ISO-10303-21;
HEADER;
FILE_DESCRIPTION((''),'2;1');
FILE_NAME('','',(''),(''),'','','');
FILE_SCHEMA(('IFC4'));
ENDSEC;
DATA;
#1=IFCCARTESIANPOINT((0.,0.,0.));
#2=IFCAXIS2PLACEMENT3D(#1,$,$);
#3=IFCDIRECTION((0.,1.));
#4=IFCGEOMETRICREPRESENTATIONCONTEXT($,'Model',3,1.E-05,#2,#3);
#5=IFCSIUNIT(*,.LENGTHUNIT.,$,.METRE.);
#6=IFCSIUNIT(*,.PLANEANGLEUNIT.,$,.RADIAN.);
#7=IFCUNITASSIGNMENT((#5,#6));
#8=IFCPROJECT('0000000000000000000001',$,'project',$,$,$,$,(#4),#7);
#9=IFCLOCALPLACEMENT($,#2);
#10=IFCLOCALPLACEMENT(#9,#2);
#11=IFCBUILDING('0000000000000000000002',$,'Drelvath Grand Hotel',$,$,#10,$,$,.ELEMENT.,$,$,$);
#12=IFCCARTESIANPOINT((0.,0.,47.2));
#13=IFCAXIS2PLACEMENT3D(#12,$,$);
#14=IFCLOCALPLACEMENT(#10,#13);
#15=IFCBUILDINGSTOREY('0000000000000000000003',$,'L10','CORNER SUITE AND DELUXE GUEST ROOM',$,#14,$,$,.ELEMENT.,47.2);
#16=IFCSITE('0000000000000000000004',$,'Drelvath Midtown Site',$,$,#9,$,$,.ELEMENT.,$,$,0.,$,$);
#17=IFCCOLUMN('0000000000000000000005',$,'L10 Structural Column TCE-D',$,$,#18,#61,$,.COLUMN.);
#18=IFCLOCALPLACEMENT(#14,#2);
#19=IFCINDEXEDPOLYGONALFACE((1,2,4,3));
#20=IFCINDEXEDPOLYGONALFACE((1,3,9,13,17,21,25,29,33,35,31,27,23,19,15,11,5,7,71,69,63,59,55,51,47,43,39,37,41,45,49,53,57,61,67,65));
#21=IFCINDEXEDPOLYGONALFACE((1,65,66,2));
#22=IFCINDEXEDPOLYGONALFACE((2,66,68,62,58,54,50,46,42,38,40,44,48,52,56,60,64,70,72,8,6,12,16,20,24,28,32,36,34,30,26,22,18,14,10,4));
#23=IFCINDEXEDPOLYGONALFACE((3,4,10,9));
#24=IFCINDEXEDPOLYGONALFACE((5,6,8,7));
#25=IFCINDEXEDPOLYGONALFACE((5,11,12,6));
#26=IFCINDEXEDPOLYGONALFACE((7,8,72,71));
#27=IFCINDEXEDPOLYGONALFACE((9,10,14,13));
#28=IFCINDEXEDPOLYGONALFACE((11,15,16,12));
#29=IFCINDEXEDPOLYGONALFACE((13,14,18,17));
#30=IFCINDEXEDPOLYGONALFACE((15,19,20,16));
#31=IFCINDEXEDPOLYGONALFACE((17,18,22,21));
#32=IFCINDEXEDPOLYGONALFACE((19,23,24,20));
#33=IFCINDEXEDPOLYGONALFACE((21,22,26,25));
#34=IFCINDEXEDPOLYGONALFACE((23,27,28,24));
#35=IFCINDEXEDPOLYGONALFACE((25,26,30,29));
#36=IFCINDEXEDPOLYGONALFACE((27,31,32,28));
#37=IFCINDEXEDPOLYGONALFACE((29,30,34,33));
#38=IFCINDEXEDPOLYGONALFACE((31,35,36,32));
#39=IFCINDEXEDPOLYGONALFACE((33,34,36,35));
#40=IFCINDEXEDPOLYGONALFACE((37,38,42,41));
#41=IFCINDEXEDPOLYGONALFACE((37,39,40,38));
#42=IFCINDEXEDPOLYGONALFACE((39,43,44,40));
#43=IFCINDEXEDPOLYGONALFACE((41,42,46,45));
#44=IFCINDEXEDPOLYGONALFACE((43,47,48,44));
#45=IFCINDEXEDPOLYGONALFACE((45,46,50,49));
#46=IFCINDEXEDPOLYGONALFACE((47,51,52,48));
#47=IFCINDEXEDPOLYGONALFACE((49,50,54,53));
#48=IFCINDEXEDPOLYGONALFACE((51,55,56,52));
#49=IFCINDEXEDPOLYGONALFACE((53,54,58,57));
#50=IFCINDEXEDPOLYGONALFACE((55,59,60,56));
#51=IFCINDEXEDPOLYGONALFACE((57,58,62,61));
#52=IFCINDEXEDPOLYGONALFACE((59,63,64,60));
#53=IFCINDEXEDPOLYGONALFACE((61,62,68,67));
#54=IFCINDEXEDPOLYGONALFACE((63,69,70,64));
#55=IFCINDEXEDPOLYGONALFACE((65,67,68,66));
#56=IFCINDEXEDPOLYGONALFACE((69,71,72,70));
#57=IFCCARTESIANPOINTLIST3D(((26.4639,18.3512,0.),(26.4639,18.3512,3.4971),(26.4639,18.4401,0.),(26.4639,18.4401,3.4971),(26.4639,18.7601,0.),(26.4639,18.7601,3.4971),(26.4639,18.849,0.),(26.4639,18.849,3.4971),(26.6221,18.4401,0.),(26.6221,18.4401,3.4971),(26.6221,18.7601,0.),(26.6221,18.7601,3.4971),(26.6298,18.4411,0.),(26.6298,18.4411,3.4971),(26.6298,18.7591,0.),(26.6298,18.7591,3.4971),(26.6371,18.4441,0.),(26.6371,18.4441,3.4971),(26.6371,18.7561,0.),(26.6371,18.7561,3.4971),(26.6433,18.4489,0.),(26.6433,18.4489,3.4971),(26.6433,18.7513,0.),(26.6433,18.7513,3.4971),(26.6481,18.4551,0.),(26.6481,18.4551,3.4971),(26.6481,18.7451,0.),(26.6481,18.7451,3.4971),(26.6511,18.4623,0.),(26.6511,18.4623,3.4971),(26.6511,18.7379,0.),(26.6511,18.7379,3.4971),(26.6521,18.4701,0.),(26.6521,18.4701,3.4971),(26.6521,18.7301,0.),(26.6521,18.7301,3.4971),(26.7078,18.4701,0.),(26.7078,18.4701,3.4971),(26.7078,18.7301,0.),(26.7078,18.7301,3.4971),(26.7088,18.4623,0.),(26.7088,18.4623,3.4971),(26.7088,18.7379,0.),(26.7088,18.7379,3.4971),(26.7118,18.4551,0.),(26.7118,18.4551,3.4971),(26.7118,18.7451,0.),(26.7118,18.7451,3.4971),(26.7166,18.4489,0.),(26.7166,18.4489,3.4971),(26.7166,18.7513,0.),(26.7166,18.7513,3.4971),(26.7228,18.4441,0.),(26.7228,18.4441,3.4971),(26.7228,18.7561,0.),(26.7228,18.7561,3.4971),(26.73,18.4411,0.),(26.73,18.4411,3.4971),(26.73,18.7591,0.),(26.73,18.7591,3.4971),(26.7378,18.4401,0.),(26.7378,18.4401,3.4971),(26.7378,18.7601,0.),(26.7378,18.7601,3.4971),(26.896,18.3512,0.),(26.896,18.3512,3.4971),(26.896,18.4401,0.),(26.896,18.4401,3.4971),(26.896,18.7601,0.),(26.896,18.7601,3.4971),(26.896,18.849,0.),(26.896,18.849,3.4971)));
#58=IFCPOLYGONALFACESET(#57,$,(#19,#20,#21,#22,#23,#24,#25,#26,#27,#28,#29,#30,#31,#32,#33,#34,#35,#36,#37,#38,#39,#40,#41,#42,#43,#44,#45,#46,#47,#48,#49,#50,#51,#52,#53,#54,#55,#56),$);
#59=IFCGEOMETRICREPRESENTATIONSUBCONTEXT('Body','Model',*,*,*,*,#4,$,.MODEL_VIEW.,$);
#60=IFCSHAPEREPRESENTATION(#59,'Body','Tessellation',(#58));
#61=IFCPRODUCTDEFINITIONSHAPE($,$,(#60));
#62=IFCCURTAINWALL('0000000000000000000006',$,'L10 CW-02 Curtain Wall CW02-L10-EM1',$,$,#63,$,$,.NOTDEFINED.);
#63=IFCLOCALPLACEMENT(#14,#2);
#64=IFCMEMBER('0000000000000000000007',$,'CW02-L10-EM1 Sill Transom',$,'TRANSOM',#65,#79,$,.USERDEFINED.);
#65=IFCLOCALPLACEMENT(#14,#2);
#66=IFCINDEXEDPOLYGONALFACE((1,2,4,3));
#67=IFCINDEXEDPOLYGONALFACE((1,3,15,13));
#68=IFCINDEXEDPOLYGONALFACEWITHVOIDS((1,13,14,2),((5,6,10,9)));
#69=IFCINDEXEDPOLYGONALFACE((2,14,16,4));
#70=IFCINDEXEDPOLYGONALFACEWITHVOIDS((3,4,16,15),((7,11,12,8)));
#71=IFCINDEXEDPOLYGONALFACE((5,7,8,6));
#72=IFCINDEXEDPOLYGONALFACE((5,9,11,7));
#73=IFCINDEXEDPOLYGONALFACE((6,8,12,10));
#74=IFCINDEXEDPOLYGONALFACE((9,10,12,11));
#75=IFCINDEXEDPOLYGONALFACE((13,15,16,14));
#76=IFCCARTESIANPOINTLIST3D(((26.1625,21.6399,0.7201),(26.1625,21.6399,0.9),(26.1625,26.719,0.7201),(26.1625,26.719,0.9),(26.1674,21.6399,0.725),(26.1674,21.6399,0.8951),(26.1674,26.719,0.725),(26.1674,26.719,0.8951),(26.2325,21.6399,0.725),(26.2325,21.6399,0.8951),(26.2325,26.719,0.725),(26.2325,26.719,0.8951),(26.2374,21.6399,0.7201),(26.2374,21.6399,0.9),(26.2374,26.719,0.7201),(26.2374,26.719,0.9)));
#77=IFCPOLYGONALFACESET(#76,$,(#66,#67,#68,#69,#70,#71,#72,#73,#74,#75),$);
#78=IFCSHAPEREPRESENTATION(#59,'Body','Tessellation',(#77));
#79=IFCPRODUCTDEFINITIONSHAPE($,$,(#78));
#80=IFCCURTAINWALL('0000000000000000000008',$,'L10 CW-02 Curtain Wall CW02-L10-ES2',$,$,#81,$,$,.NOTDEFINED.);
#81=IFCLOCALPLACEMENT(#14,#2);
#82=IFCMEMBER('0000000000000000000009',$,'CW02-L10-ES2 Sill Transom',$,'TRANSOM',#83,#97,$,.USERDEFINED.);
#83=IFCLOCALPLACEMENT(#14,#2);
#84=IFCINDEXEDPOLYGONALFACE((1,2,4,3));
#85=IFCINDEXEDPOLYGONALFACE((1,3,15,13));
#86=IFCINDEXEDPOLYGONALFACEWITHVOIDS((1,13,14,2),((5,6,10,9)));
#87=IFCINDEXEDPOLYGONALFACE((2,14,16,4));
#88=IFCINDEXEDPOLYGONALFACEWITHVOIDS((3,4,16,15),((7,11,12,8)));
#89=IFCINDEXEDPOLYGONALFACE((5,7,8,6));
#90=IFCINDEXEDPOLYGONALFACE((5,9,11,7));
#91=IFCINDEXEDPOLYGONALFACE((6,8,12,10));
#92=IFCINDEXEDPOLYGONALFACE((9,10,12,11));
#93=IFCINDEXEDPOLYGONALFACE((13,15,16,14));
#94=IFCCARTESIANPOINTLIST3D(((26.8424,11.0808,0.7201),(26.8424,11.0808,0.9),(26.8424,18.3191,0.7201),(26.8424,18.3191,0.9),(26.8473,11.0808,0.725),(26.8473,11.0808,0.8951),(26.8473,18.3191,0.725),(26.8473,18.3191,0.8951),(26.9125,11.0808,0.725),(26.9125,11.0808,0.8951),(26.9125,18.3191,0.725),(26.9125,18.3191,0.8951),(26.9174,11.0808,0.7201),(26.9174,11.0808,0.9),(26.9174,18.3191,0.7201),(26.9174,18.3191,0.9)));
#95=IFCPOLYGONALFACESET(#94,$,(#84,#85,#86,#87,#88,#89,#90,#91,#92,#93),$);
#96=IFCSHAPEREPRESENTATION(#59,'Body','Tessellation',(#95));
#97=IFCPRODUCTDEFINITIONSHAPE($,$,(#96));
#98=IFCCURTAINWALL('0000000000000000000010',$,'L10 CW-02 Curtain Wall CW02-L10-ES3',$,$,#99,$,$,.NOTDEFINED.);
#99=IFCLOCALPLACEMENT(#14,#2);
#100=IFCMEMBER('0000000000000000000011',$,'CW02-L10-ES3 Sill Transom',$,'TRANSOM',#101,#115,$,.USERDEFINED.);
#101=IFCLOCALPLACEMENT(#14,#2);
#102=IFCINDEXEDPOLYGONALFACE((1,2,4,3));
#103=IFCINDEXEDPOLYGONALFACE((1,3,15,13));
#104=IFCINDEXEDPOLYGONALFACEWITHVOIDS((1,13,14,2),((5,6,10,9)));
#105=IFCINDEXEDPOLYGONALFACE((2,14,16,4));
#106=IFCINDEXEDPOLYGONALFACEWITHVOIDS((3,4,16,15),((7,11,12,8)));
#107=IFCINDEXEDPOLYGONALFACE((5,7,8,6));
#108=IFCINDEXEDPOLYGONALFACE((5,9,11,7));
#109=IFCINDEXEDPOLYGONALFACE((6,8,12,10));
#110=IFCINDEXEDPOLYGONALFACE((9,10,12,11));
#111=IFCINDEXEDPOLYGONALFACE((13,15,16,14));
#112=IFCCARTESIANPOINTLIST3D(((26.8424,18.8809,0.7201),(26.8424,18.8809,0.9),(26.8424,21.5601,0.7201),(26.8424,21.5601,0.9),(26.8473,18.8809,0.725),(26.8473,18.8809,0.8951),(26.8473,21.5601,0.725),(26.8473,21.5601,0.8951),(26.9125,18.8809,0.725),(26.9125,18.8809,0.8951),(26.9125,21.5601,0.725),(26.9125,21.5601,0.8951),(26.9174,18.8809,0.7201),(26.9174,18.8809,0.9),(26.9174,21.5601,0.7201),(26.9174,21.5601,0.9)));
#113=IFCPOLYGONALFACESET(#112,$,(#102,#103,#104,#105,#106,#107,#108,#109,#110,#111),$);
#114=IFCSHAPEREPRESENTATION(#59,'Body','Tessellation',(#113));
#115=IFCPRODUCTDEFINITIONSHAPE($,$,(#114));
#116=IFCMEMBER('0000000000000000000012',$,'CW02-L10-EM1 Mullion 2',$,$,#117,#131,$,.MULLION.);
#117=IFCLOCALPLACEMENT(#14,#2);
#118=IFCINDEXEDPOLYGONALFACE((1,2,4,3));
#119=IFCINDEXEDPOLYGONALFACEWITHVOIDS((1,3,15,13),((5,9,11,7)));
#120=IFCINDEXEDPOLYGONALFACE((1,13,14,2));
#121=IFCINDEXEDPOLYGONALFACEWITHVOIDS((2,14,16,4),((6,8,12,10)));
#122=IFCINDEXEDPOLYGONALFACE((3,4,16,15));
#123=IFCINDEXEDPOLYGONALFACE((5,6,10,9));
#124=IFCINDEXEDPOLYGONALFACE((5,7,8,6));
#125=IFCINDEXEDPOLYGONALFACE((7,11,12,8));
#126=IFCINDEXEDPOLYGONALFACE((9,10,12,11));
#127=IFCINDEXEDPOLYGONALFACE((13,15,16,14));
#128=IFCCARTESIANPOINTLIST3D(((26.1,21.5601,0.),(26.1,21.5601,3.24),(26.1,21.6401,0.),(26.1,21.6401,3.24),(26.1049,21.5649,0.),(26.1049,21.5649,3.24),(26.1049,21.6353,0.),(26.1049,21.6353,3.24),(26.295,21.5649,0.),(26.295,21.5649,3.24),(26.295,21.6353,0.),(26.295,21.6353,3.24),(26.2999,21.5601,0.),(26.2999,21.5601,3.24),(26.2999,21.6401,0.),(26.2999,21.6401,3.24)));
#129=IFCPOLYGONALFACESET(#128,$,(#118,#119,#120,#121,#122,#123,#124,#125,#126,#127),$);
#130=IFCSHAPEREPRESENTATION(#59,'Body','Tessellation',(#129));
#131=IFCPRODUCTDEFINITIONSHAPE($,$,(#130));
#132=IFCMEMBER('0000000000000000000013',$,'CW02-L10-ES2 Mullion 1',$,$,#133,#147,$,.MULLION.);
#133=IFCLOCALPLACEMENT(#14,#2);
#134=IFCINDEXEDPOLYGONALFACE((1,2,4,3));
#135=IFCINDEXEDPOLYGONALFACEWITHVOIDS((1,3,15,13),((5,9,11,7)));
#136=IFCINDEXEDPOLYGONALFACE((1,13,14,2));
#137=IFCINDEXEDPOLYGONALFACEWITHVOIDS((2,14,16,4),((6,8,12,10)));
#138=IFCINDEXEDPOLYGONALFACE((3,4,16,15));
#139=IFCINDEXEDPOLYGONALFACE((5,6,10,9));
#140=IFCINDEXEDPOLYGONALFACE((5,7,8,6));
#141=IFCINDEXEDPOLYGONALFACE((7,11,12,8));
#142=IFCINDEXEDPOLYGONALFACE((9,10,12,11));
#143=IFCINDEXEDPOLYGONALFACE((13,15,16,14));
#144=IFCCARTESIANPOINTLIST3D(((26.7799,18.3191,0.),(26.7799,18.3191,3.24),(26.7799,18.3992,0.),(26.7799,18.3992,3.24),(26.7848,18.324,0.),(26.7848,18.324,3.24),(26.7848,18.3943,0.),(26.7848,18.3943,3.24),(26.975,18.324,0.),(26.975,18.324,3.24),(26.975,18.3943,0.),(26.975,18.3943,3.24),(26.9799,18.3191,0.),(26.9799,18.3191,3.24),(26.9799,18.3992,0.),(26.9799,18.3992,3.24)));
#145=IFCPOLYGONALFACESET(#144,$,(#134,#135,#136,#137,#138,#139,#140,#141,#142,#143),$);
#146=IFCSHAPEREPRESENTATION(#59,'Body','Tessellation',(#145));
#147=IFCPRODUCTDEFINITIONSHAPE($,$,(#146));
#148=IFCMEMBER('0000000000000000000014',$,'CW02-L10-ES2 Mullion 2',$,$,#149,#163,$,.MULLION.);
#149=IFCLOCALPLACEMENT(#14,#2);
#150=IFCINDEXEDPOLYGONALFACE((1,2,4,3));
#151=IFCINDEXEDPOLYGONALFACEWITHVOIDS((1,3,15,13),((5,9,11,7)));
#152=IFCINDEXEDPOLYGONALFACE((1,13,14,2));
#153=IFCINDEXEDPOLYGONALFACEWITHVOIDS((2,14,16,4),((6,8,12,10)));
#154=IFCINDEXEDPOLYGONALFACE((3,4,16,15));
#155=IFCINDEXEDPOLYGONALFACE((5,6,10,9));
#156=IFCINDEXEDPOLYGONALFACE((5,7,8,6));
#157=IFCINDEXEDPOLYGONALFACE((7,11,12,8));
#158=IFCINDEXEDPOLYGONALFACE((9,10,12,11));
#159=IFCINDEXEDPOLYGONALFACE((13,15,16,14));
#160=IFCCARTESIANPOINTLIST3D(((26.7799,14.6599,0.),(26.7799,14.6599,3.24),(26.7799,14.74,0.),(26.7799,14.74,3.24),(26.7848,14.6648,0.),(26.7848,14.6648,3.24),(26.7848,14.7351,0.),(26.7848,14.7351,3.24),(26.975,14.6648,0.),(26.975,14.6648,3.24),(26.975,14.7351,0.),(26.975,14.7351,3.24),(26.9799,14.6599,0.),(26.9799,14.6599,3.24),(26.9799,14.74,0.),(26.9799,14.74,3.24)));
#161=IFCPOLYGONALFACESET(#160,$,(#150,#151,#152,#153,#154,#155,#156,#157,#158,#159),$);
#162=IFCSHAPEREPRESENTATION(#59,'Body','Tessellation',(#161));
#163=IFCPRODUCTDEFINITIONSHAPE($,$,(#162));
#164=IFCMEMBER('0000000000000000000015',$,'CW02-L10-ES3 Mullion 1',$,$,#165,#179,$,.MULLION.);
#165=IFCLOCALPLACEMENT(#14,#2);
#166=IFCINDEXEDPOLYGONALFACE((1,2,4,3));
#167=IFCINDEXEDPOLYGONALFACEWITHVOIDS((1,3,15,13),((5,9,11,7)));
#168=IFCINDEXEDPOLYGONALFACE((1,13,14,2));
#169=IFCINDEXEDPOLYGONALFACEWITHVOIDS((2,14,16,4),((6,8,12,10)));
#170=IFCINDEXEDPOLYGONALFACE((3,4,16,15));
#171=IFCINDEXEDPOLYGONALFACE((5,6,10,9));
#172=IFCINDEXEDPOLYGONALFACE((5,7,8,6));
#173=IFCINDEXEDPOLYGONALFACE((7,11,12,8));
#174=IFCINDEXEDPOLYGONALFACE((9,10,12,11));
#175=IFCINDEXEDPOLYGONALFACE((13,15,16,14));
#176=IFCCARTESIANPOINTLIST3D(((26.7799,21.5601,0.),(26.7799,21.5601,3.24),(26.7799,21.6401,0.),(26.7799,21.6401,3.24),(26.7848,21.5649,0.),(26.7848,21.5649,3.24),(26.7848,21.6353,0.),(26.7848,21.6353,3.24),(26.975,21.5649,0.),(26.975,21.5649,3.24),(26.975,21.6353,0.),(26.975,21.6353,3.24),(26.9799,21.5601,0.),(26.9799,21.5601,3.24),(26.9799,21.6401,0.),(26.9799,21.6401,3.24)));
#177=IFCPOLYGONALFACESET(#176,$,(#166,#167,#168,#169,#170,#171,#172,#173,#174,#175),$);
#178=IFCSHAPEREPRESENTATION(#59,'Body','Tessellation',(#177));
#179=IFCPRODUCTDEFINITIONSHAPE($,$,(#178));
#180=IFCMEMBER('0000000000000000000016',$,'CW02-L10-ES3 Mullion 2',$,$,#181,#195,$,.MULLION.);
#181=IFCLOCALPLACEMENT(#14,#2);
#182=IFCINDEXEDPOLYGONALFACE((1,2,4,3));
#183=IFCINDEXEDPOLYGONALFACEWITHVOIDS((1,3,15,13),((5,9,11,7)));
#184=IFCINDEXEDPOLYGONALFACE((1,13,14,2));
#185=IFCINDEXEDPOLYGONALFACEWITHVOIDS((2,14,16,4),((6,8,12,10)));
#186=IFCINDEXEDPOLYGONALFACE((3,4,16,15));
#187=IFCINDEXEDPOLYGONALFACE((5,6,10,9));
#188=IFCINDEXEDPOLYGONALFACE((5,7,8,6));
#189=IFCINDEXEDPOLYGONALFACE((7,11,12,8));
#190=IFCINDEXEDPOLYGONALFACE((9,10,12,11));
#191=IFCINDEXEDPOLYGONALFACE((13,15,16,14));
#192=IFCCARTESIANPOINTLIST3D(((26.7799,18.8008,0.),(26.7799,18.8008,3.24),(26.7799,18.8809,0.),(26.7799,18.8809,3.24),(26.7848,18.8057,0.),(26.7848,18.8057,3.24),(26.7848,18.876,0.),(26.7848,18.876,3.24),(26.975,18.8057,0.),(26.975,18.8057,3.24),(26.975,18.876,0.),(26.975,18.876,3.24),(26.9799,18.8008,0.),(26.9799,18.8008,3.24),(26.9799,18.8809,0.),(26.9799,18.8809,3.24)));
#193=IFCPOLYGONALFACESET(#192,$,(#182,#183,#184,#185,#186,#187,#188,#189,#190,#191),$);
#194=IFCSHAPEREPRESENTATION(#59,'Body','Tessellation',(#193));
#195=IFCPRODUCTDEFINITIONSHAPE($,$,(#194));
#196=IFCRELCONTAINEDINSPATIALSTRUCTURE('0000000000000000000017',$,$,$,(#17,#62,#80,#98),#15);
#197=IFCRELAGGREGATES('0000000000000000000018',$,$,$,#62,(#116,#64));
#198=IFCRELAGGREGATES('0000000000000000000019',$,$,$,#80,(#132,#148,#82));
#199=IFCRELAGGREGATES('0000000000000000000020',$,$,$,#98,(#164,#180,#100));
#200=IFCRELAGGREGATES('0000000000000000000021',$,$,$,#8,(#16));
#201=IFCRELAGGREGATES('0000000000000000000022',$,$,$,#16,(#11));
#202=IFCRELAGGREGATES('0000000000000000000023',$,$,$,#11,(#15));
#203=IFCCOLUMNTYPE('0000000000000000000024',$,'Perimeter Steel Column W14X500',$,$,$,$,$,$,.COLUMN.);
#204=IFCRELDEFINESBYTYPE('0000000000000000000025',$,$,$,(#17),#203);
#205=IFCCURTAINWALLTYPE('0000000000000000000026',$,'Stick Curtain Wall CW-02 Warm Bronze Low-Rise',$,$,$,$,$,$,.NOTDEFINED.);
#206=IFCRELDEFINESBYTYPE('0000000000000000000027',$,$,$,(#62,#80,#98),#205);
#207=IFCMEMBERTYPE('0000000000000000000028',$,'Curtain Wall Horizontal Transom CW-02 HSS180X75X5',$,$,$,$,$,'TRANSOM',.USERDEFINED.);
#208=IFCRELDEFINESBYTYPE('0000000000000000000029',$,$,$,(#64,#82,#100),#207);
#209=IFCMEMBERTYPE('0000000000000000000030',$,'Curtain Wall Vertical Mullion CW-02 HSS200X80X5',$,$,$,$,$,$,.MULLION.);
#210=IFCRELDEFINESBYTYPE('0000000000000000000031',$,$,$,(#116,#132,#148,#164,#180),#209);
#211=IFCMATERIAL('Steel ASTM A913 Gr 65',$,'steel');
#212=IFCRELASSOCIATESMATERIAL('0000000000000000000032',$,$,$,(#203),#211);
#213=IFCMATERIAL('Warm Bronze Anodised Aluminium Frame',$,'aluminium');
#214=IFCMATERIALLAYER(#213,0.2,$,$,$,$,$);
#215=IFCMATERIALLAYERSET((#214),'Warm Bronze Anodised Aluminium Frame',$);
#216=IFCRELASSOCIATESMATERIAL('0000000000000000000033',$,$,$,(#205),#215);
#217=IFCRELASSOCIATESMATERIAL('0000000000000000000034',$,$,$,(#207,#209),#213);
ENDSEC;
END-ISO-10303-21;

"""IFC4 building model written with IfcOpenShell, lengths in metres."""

from ifc_helpers import new_model, si_unit, direction, frame, origin, origin_2d, place, context, subcontext, project, spatial, hollow_rectangle, i_section, extrude, material, layer, layer_set, material_profile, profile_set, type_object, element, aggregate, save


model = new_model("IFC4")

# Units and contexts
model_context = context("Model", 3, precision=1e-05, world=origin(), true_north=direction((0.0, 1.0)))
body_context = subcontext(model_context, "Body", "Model", "MODEL_VIEW")
ifc_project = project(units=[si_unit("LENGTHUNIT", "METRE"), si_unit("PLANEANGLEUNIT", "RADIAN")], contexts=[model_context])

# Site, building, storey
site_placement = place(None, origin())
site = spatial("IfcSite", under=ifc_project, at=site_placement, Name="Drelvath Midtown Site", CompositionType="ELEMENT", RefElevation=0.0)
building_placement = place(site_placement, origin())
building = spatial("IfcBuilding", under=site, at=building_placement, Name="Drelvath Grand Hotel", CompositionType="ELEMENT")
storey_placement = place(building_placement, frame((0.0, 0.0, 47.2)))
storey = spatial("IfcBuildingStorey", under=building, at=storey_placement, Name="L10", Description="CORNER SUITE AND DELUXE GUEST ROOM", CompositionType="ELEMENT", Elevation=47.2)

# Column
ifc_material_1 = material(Name="Steel ASTM A913 Gr 65", Category="steel")
ifc_material_profile_1 = material_profile(ifc_material_1, i_section(OverallWidth=0.4321, OverallDepth=0.4978, WebThickness=0.0557, FlangeThickness=0.0889, FilletRadius=0.03, at=origin_2d()), Name="W14X500")
ifc_profile_set_1 = profile_set([ifc_material_profile_1], Name="Steel ASTM A913 Gr 65")
column_type = type_object("IfcColumnType", Name="Perimeter Steel Column W14X500", PredefinedType="COLUMN", material=ifc_profile_set_1)
column_placement = place(storey_placement, frame((26.6799, 18.6001, 0.0), z_axis=(0.0, 0.0, 1.0), x_axis=(1.0, 0.0, 0.0)))
element("IfcColumn", 1, at=column_placement, inside=storey, type_object=column_type, Name="L10 Structural Column TCE-D", PredefinedType="COLUMN", context=body_context, shape_type="SweptSolid", body=[
    extrude(i_section(OverallWidth=0.4321, OverallDepth=0.4978, WebThickness=0.0557, FlangeThickness=0.0889, FilletRadius=0.03, at=origin_2d()), origin(), (0.0, 0.0, 1.0), 3.4971),
])

# Curtain walls, members
ifc_material_2 = material(Name="Warm Bronze Anodised Aluminium Frame", Category="aluminium")
ifc_layer_1 = layer(ifc_material_2, 0.2)
ifc_layer_set_1 = layer_set([ifc_layer_1], Name="Warm Bronze Anodised Aluminium Frame")
curtain_wall_type = type_object("IfcCurtainWallType", Name="Stick Curtain Wall CW-02 Warm Bronze Low-Rise", PredefinedType="NOTDEFINED", material=ifc_layer_set_1)
curtain_wall_1_placement = place(storey_placement, origin())
curtain_wall_1 = element("IfcCurtainWall", 2, at=curtain_wall_1_placement, inside=storey, type_object=curtain_wall_type, Name="L10 CW-02 Curtain Wall CW02-L10-EM1", PredefinedType="NOTDEFINED")
ifc_material_profile_2 = material_profile(ifc_material_2, hollow_rectangle(XDim=0.075, YDim=0.1799, WallThickness=0.0049, at=origin_2d()), Name="HSS180X75X5")
ifc_profile_set_2 = profile_set([ifc_material_profile_2], Name="Warm Bronze Anodised Aluminium Frame")
member_type_1 = type_object("IfcMemberType", Name="Curtain Wall Horizontal Transom CW-02 HSS180X75X5", ElementType="TRANSOM", PredefinedType="USERDEFINED", material=ifc_profile_set_2)
member_1_placement = place(storey_placement, frame((26.2, 26.719, 0.8101), z_axis=(0.0, -1.0, 0.0), x_axis=(1.0, 0.0, 0.0)))
member_1 = element("IfcMember", 3, at=member_1_placement, type_object=member_type_1, Name="CW02-L10-EM1 Sill Transom", ObjectType="TRANSOM", PredefinedType="USERDEFINED", context=body_context, shape_type="SweptSolid", body=[
    extrude(hollow_rectangle(XDim=0.075, YDim=0.1799, WallThickness=0.0049, at=origin_2d()), origin(), (0.0, 0.0, 1.0), 5.0791),
])
curtain_wall_2_placement = place(storey_placement, origin())
curtain_wall_2 = element("IfcCurtainWall", 4, at=curtain_wall_2_placement, inside=storey, type_object=curtain_wall_type, Name="L10 CW-02 Curtain Wall CW02-L10-ES2", PredefinedType="NOTDEFINED")
member_2_placement = place(storey_placement, frame((26.8799, 18.3191, 0.8101), z_axis=(0.0, -1.0, 0.0), x_axis=(1.0, 0.0, 0.0)))
member_2 = element("IfcMember", 5, at=member_2_placement, type_object=member_type_1, Name="CW02-L10-ES2 Sill Transom", ObjectType="TRANSOM", PredefinedType="USERDEFINED", context=body_context, shape_type="SweptSolid", body=[
    extrude(hollow_rectangle(XDim=0.075, YDim=0.1799, WallThickness=0.0049, at=origin_2d()), origin(), (0.0, 0.0, 1.0), 7.2383),
])
curtain_wall_3_placement = place(storey_placement, origin())
curtain_wall_3 = element("IfcCurtainWall", 6, at=curtain_wall_3_placement, inside=storey, type_object=curtain_wall_type, Name="L10 CW-02 Curtain Wall CW02-L10-ES3", PredefinedType="NOTDEFINED")
member_3_placement = place(storey_placement, frame((26.8799, 21.5601, 0.8101), z_axis=(0.0, -1.0, 0.0), x_axis=(1.0, 0.0, 0.0)))
member_3 = element("IfcMember", 7, at=member_3_placement, type_object=member_type_1, Name="CW02-L10-ES3 Sill Transom", ObjectType="TRANSOM", PredefinedType="USERDEFINED", context=body_context, shape_type="SweptSolid", body=[
    extrude(hollow_rectangle(XDim=0.075, YDim=0.1799, WallThickness=0.0049, at=origin_2d()), origin(), (0.0, 0.0, 1.0), 2.6792),
])

# Members
ifc_material_profile_3 = material_profile(ifc_material_2, hollow_rectangle(XDim=0.0801, YDim=0.2, WallThickness=0.0049, at=origin_2d()), Name="HSS200X80X5")
ifc_profile_set_3 = profile_set([ifc_material_profile_3], Name="Warm Bronze Anodised Aluminium Frame")
member_type_2 = type_object("IfcMemberType", Name="Curtain Wall Vertical Mullion CW-02 HSS200X80X5", PredefinedType="MULLION", material=ifc_profile_set_3)
member_4_placement = place(storey_placement, frame((26.2, 21.6001, 0.0), z_axis=(0.0, 0.0, 1.0), x_axis=(0.0, 1.0, 0.0)))
member_4 = element("IfcMember", 8, at=member_4_placement, type_object=member_type_2, Name="CW02-L10-EM1 Mullion 2", PredefinedType="MULLION", context=body_context, shape_type="SweptSolid", body=[
    extrude(hollow_rectangle(XDim=0.0801, YDim=0.2, WallThickness=0.0049, at=origin_2d()), origin(), (0.0, 0.0, 1.0), 3.24),
])
member_5_placement = place(storey_placement, frame((26.8799, 18.3591, 0.0), z_axis=(0.0, 0.0, 1.0), x_axis=(0.0, 1.0, 0.0)))
member_5 = element("IfcMember", 9, at=member_5_placement, type_object=member_type_2, Name="CW02-L10-ES2 Mullion 1", PredefinedType="MULLION", context=body_context, shape_type="SweptSolid", body=[
    extrude(hollow_rectangle(XDim=0.0801, YDim=0.2, WallThickness=0.0049, at=origin_2d()), origin(), (0.0, 0.0, 1.0), 3.24),
])
member_6_placement = place(storey_placement, frame((26.8799, 14.7, 0.0), z_axis=(0.0, 0.0, 1.0), x_axis=(0.0, 1.0, 0.0)))
member_6 = element("IfcMember", 10, at=member_6_placement, type_object=member_type_2, Name="CW02-L10-ES2 Mullion 2", PredefinedType="MULLION", context=body_context, shape_type="SweptSolid", body=[
    extrude(hollow_rectangle(XDim=0.0801, YDim=0.2, WallThickness=0.0049, at=origin_2d()), origin(), (0.0, 0.0, 1.0), 3.24),
])
member_7_placement = place(storey_placement, frame((26.8799, 21.6001, 0.0), z_axis=(0.0, 0.0, 1.0), x_axis=(0.0, 1.0, 0.0)))
member_7 = element("IfcMember", 11, at=member_7_placement, type_object=member_type_2, Name="CW02-L10-ES3 Mullion 1", PredefinedType="MULLION", context=body_context, shape_type="SweptSolid", body=[
    extrude(hollow_rectangle(XDim=0.0801, YDim=0.2, WallThickness=0.0049, at=origin_2d()), origin(), (0.0, 0.0, 1.0), 3.24),
])
member_8_placement = place(storey_placement, frame((26.8799, 18.8408, 0.0), z_axis=(0.0, 0.0, 1.0), x_axis=(0.0, 1.0, 0.0)))
member_8 = element("IfcMember", 12, at=member_8_placement, type_object=member_type_2, Name="CW02-L10-ES3 Mullion 2", PredefinedType="MULLION", context=body_context, shape_type="SweptSolid", body=[
    extrude(hollow_rectangle(XDim=0.0801, YDim=0.2, WallThickness=0.0049, at=origin_2d()), origin(), (0.0, 0.0, 1.0), 3.24),
])

aggregate(curtain_wall_1, [member_4, member_1])
aggregate(curtain_wall_2, [member_5, member_6, member_2])
aggregate(curtain_wall_3, [member_7, member_8, member_3])

save(model, "model.ifc")
